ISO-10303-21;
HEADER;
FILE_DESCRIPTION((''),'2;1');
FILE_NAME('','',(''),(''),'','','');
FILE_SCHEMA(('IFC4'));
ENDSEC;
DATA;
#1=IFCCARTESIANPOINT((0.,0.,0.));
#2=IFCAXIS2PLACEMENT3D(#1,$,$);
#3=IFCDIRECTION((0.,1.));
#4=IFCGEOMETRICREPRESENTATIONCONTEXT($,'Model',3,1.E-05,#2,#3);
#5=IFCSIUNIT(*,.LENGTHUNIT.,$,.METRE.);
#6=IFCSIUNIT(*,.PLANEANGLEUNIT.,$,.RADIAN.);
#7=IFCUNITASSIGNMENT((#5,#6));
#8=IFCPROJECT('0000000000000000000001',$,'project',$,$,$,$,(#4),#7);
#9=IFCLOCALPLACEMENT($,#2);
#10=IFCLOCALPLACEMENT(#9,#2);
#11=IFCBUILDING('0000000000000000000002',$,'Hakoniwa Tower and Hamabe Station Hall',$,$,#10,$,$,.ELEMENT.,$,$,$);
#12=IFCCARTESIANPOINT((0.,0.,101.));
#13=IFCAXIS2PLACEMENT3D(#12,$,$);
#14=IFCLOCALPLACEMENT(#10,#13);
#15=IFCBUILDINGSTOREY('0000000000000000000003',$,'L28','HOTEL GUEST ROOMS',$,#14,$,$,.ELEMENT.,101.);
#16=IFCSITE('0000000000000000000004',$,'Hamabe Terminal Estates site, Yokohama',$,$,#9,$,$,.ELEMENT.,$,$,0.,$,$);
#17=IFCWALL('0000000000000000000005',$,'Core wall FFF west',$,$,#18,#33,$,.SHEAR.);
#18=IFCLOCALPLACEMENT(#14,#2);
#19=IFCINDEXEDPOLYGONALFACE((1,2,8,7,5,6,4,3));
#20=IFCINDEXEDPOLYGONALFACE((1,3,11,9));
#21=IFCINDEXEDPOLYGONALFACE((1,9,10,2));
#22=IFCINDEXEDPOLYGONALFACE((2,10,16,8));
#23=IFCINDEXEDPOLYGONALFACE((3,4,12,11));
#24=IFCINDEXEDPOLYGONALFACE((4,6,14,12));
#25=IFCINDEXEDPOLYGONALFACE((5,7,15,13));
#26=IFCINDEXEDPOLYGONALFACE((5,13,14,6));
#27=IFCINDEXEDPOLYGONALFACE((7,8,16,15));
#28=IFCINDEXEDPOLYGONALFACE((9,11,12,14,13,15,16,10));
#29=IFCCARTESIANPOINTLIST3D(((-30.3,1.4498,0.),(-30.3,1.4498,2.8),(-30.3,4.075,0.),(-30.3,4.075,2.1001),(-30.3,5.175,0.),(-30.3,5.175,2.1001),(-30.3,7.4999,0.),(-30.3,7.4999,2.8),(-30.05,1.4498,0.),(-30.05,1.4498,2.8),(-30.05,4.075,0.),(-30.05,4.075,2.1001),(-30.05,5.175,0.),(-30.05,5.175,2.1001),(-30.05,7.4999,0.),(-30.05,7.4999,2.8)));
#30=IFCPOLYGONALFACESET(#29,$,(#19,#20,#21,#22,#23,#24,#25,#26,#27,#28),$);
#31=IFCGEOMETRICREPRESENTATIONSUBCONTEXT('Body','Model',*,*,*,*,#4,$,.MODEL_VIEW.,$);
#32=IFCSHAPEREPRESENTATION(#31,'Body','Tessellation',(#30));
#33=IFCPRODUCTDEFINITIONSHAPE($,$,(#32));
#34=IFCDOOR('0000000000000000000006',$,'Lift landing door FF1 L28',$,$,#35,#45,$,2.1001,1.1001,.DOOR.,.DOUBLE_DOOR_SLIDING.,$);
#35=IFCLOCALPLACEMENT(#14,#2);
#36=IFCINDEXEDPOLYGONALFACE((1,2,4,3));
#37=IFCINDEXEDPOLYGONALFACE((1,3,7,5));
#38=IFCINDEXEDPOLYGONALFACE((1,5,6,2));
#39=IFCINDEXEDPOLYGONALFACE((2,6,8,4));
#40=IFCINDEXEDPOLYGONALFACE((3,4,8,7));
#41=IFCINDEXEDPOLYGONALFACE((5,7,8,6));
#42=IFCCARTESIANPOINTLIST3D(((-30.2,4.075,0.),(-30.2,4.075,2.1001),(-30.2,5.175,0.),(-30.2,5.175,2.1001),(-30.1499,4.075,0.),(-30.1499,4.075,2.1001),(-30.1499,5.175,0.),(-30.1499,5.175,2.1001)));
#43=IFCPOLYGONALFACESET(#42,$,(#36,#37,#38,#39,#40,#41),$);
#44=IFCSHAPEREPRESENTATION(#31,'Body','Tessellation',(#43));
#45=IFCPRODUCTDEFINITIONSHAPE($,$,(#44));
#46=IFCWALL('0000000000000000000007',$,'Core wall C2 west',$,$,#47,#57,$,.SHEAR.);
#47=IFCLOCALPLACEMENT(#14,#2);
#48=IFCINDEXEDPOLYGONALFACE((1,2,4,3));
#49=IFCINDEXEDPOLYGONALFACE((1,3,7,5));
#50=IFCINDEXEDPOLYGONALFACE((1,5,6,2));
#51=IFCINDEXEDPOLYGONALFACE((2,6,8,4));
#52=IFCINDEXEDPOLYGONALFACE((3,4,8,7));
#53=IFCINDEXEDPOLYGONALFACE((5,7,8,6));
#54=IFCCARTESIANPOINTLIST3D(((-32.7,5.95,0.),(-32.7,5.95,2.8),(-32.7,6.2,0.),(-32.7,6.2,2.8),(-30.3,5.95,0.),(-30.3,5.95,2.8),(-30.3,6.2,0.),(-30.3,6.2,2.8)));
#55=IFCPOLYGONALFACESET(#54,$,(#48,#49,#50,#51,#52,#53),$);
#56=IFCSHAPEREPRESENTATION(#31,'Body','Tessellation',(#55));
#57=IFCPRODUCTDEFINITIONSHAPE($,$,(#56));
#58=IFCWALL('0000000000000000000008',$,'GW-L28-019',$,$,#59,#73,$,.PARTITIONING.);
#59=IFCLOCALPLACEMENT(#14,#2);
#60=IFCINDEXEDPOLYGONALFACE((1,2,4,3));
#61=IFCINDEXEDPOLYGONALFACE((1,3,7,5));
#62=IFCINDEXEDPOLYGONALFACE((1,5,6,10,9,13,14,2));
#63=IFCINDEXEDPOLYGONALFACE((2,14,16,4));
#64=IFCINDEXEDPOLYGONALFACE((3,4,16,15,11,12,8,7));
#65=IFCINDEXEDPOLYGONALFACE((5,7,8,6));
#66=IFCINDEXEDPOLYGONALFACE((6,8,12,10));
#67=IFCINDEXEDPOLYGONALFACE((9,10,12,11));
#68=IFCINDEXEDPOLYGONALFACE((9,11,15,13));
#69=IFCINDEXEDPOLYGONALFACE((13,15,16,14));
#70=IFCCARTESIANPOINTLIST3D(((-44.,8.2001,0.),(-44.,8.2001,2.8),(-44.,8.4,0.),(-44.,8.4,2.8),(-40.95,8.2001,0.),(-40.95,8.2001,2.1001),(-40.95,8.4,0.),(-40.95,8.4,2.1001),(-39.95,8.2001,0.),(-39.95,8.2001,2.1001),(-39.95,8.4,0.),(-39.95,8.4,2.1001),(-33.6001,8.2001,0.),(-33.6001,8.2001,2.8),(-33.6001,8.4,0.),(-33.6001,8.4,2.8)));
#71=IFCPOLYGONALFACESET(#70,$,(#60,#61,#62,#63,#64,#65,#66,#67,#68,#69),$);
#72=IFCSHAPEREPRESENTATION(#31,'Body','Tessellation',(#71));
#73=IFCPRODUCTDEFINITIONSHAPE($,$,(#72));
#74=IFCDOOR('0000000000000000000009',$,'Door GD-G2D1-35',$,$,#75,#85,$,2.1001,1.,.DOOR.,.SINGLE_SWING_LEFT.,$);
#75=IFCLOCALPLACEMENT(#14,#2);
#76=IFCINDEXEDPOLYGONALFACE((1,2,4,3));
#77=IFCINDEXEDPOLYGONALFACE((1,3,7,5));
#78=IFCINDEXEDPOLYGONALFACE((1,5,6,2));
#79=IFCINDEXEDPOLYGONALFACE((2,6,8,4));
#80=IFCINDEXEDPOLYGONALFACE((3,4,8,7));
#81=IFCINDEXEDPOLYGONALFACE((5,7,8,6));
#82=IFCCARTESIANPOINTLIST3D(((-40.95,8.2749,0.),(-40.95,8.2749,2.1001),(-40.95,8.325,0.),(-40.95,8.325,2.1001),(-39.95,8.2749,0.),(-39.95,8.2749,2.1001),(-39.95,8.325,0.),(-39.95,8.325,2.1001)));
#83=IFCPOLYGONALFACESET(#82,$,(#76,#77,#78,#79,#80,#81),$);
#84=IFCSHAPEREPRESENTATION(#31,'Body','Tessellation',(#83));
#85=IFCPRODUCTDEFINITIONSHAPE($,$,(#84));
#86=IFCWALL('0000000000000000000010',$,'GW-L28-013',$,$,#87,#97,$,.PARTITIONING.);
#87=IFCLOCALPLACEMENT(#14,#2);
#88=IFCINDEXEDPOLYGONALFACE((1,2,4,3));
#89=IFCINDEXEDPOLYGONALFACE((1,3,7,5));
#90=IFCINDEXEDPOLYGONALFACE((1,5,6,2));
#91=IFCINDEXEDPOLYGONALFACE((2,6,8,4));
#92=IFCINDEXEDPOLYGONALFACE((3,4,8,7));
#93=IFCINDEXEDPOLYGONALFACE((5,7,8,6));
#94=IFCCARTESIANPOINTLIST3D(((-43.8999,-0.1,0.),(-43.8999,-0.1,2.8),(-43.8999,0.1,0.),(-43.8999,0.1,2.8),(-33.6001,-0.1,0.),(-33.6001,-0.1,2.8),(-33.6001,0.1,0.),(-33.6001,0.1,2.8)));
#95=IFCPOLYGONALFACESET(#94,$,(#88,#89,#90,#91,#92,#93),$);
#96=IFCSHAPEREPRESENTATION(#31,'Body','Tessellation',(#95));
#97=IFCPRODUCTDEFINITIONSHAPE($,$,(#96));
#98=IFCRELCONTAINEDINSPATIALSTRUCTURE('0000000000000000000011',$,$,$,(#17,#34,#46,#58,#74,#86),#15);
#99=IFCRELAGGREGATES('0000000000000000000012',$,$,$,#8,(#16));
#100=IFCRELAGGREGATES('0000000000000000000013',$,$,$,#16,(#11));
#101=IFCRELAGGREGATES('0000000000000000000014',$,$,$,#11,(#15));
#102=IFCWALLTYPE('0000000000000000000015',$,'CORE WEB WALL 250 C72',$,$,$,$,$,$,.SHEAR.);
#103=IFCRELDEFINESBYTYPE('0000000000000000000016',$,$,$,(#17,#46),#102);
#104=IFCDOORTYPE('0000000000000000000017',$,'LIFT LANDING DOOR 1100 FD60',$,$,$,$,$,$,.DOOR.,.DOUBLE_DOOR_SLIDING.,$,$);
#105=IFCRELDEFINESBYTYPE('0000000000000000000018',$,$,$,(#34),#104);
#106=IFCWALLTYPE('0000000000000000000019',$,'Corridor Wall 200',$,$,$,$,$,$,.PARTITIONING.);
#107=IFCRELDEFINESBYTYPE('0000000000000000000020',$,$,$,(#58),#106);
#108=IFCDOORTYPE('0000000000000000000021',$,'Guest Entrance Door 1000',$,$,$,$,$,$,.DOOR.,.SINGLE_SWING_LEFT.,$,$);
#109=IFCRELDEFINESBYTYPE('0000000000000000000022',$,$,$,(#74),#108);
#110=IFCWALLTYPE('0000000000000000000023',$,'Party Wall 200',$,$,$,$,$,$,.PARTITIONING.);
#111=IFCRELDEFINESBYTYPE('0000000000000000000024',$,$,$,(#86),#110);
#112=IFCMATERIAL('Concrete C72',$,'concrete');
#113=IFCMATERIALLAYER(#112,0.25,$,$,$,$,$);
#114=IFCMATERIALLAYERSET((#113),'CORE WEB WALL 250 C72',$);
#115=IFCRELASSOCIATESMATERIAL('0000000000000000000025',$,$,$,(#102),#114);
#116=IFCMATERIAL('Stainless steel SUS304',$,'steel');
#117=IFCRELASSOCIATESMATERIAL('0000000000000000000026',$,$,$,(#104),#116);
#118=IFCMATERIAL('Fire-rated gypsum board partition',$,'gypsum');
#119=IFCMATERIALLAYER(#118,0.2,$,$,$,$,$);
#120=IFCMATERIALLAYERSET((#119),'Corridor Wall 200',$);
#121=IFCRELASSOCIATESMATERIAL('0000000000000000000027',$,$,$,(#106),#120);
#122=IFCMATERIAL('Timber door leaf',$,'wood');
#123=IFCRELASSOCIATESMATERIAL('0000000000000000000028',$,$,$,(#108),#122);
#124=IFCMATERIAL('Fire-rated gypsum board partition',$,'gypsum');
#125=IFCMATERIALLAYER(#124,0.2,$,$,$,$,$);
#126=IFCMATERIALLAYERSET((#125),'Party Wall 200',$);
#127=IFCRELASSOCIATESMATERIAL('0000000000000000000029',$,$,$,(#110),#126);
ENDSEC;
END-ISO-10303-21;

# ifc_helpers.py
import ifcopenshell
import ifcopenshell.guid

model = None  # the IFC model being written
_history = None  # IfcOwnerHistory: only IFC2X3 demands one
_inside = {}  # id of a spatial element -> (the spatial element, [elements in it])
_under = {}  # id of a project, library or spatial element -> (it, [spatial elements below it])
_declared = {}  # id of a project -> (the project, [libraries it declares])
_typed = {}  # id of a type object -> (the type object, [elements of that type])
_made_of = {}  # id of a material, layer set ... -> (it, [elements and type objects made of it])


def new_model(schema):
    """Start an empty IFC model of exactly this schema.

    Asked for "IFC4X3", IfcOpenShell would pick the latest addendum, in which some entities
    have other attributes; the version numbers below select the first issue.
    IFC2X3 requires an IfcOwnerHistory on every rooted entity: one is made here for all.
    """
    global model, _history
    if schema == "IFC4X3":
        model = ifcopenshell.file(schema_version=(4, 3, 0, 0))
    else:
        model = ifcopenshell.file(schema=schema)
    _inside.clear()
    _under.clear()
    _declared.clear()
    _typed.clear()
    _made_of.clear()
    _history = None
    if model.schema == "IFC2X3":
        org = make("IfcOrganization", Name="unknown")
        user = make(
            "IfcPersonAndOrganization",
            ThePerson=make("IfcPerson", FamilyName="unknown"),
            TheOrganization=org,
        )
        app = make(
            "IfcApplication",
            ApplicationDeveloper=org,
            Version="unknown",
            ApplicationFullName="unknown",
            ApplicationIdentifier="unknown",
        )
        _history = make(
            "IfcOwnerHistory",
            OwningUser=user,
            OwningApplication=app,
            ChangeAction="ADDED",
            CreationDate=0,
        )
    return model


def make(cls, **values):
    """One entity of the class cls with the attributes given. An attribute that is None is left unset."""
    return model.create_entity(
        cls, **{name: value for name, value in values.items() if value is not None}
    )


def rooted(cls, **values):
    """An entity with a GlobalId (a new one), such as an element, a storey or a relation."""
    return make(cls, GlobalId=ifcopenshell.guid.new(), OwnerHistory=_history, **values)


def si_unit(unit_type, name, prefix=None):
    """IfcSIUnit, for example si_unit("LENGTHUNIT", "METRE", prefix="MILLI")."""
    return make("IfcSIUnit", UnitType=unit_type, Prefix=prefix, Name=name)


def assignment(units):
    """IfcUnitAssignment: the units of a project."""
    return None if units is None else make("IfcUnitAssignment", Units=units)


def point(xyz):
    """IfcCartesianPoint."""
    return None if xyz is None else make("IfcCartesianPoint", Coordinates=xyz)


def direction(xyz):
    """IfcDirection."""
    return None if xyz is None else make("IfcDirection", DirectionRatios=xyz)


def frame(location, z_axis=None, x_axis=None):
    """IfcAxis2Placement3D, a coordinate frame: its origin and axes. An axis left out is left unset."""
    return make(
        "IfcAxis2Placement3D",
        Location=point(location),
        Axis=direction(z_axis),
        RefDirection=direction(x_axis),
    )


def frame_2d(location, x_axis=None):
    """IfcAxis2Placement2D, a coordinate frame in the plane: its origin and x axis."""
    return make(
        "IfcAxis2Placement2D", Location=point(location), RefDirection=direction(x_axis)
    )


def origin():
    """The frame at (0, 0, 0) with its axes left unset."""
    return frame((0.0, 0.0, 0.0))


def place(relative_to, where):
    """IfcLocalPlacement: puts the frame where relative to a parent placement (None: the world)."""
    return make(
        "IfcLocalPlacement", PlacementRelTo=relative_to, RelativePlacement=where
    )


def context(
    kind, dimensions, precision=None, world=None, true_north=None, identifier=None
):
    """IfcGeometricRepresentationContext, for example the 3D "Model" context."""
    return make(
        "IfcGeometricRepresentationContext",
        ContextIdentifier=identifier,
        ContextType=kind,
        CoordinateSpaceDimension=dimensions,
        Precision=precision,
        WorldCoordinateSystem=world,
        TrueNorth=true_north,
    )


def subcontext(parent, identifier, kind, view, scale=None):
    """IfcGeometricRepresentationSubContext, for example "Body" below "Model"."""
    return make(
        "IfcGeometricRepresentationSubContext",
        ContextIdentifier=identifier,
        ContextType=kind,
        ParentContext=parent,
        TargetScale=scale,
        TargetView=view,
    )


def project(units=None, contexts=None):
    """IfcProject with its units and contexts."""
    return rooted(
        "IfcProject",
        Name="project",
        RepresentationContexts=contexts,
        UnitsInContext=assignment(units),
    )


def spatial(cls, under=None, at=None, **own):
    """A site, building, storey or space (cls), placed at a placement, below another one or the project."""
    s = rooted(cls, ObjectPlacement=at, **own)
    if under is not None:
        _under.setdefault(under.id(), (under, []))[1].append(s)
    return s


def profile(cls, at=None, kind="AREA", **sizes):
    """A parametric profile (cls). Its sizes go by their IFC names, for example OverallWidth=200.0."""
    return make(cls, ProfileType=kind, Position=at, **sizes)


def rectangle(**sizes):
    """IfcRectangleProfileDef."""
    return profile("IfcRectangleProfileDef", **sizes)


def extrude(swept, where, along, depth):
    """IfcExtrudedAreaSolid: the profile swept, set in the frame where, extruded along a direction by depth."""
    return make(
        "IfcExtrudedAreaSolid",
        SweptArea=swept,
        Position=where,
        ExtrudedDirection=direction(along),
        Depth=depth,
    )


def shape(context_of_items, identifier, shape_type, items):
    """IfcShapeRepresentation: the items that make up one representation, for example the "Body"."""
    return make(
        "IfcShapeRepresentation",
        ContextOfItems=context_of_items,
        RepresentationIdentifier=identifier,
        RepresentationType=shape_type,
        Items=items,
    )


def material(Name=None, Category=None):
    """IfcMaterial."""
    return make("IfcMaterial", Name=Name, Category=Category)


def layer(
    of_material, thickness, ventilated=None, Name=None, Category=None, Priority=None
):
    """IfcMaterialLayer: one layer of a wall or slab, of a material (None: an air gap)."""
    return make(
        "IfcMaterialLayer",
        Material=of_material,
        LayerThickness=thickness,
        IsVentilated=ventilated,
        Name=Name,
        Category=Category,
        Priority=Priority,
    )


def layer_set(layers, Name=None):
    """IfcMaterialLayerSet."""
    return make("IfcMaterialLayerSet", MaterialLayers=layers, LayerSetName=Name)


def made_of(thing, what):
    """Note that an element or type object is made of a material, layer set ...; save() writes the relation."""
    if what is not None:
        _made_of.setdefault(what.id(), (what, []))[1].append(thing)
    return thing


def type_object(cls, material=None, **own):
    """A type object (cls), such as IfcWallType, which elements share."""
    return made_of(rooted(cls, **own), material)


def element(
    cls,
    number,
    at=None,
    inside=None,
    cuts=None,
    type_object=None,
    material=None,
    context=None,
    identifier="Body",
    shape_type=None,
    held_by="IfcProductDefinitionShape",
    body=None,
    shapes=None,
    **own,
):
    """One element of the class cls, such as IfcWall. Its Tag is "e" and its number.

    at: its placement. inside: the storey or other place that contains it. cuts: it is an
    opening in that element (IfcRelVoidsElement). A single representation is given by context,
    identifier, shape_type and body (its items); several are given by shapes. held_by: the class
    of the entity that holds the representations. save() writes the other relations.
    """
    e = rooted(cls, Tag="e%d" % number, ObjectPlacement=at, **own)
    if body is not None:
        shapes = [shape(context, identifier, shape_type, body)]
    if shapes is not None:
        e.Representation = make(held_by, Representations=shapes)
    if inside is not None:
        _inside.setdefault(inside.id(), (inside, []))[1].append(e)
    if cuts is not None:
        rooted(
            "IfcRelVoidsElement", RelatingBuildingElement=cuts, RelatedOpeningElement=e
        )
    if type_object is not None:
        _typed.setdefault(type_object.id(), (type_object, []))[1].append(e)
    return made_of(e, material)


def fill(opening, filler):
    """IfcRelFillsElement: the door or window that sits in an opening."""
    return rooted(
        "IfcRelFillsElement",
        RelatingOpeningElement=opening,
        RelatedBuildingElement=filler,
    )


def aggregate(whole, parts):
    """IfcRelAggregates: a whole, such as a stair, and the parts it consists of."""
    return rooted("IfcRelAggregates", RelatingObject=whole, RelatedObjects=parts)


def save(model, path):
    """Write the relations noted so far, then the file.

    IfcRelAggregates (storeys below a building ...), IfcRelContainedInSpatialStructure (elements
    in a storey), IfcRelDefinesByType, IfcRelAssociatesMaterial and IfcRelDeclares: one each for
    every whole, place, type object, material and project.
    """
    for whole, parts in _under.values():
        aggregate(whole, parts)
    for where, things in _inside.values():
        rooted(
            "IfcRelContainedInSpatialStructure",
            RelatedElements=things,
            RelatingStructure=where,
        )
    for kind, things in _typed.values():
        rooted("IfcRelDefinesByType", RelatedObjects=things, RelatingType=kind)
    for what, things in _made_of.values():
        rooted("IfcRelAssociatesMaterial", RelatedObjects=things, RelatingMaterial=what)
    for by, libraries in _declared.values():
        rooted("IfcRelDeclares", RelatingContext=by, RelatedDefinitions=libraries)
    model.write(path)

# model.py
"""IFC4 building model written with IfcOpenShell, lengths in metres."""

from ifc_helpers import new_model, si_unit, direction, frame, frame_2d, origin, place, context, subcontext, project, spatial, rectangle, extrude, material, layer, layer_set, type_object, element, fill, save


model = new_model("IFC4")

# Units and contexts
model_context = context("Model", 3, precision=1e-05, world=origin(), true_north=direction((0.0, 1.0)))
body_context = subcontext(model_context, "Body", "Model", "MODEL_VIEW")
ifc_project = project(units=[si_unit("LENGTHUNIT", "METRE"), si_unit("PLANEANGLEUNIT", "RADIAN")], contexts=[model_context])

# Site, building, storey
site_placement = place(None, origin())
site = spatial("IfcSite", under=ifc_project, at=site_placement, Name="Hamabe Terminal Estates site, Yokohama", CompositionType="ELEMENT", RefElevation=0.0)
building_placement = place(site_placement, origin())
building = spatial("IfcBuilding", under=site, at=building_placement, Name="Hakoniwa Tower and Hamabe Station Hall", CompositionType="ELEMENT")
storey_placement = place(building_placement, frame((0.0, 0.0, 101.0)))
storey = spatial("IfcBuildingStorey", under=building, at=storey_placement, Name="L28", Description="HOTEL GUEST ROOMS", CompositionType="ELEMENT", Elevation=101.0)

# Shared definitions
ifc_material_1 = material(Name="Concrete C72", Category="concrete")
ifc_layer_1 = layer(ifc_material_1, 0.25)
ifc_layer_set_1 = layer_set([ifc_layer_1], Name="CORE WEB WALL 250 C72")
wall_type_1 = type_object("IfcWallType", Name="CORE WEB WALL 250 C72", PredefinedType="SHEAR", material=ifc_layer_set_1)
ifc_material_2 = material(Name="Stainless steel SUS304", Category="steel")
door_type_1 = type_object("IfcDoorType", Name="LIFT LANDING DOOR 1100 FD60", OperationType="DOUBLE_DOOR_SLIDING", PredefinedType="DOOR", material=ifc_material_2)

# Wall, opening, door
wall_1_placement = place(storey_placement, frame((-30.175, 1.45, 0.0), z_axis=(0.0, 0.0, 1.0), x_axis=(0.0, 1.0, 0.0)))
wall_1 = element("IfcWall", 1, at=wall_1_placement, inside=storey, type_object=wall_type_1, Name="Core wall FFF west", PredefinedType="SHEAR", context=body_context, shape_type="SweptSolid", body=[
    extrude(rectangle(XDim=6.05, YDim=0.25, at=frame_2d((3.0249, 0.0))), origin(), (0.0, 0.0, 1.0), 2.8),
])
opening_1_placement = place(wall_1_placement, frame((2.625, 0.0, 0.0)))
opening_1 = element("IfcOpeningElement", 2, at=opening_1_placement, cuts=wall_1, PredefinedType="OPENING", context=body_context, shape_type="SweptSolid", body=[
    extrude(rectangle(XDim=1.1001, YDim=2.1001, at=frame_2d((0.55, 1.05))), frame((0.0, 0.135, 0.0), z_axis=(0.0, -1.0, 0.0), x_axis=(1.0, 0.0, 0.0)), (0.0, 0.0, 1.0), 0.27),
])
door_1_placement = place(opening_1_placement, origin())
door_1 = element("IfcDoor", 3, at=door_1_placement, inside=storey, type_object=door_type_1, Name="Lift landing door FF1 L28", OperationType="DOUBLE_DOOR_SLIDING", OverallHeight=2.1001, OverallWidth=1.1001, PredefinedType="DOOR", context=body_context, shape_type="SweptSolid", body=[
    extrude(rectangle(XDim=1.1001, YDim=2.1001, at=frame_2d((0.55, 1.05))), frame((0.0, 0.0249, 0.0), z_axis=(0.0, -1.0, 0.0), x_axis=(1.0, 0.0, 0.0)), (0.0, 0.0, 1.0), 0.05),
])
fill(opening_1, door_1)

# Wall
wall_2_placement = place(storey_placement, frame((-32.7, 6.075, 0.0), z_axis=(0.0, 0.0, 1.0), x_axis=(1.0, 0.0, 0.0)))
element("IfcWall", 4, at=wall_2_placement, inside=storey, type_object=wall_type_1, Name="Core wall C2 west", PredefinedType="SHEAR", context=body_context, shape_type="SweptSolid", body=[
    extrude(rectangle(XDim=2.3999, YDim=0.25, at=frame_2d((1.2, 0.0))), origin(), (0.0, 0.0, 1.0), 2.8),
])

# Wall, opening, door
ifc_material_3 = material(Name="Fire-rated gypsum board partition", Category="gypsum")
ifc_layer_2 = layer(ifc_material_3, 0.2)
ifc_layer_set_2 = layer_set([ifc_layer_2], Name="Corridor Wall 200")
wall_type_2 = type_object("IfcWallType", Name="Corridor Wall 200", PredefinedType="PARTITIONING", material=ifc_layer_set_2)
wall_3_placement = place(storey_placement, frame((-44.0, 8.3, 0.0), z_axis=(0.0, 0.0, 1.0), x_axis=(1.0, 0.0, 0.0)))
wall_3 = element("IfcWall", 5, at=wall_3_placement, inside=storey, type_object=wall_type_2, Name="GW-L28-019", PredefinedType="PARTITIONING", context=body_context, shape_type="SweptSolid", body=[
    extrude(rectangle(XDim=10.3999, YDim=0.2, at=frame_2d((5.2, 0.0))), origin(), (0.0, 0.0, 1.0), 2.8),
])
opening_2_placement = place(wall_3_placement, frame((3.05, 0.0, 0.0)))
opening_2 = element("IfcOpeningElement", 6, at=opening_2_placement, cuts=wall_3, PredefinedType="OPENING", context=body_context, shape_type="SweptSolid", body=[
    extrude(rectangle(XDim=1.0, YDim=2.1001, at=frame_2d((0.5, 1.05))), frame((0.0, 0.1099, 0.0), z_axis=(0.0, -1.0, 0.0), x_axis=(1.0, 0.0, 0.0)), (0.0, 0.0, 1.0), 0.22),
])
ifc_material_4 = material(Name="Timber door leaf", Category="wood")
door_type_2 = type_object("IfcDoorType", Name="Guest Entrance Door 1000", OperationType="SINGLE_SWING_LEFT", PredefinedType="DOOR", material=ifc_material_4)
door_2_placement = place(opening_2_placement, origin())
door_2 = element("IfcDoor", 7, at=door_2_placement, inside=storey, type_object=door_type_2, Name="Door GD-G2D1-35", OperationType="SINGLE_SWING_LEFT", OverallHeight=2.1001, OverallWidth=1.0, PredefinedType="DOOR", context=body_context, shape_type="SweptSolid", body=[
    extrude(rectangle(XDim=1.0, YDim=2.1001, at=frame_2d((0.5, 1.05))), frame((0.0, 0.0249, 0.0), z_axis=(0.0, -1.0, 0.0), x_axis=(1.0, 0.0, 0.0)), (0.0, 0.0, 1.0), 0.05),
])
fill(opening_2, door_2)

# Wall
ifc_material_5 = material(Name="Fire-rated gypsum board partition", Category="gypsum")
ifc_layer_3 = layer(ifc_material_5, 0.2)
ifc_layer_set_3 = layer_set([ifc_layer_3], Name="Party Wall 200")
wall_type_3 = type_object("IfcWallType", Name="Party Wall 200", PredefinedType="PARTITIONING", material=ifc_layer_set_3)
wall_4_placement = place(storey_placement, frame((-43.8999, 0.0, 0.0), z_axis=(0.0, 0.0, 1.0), x_axis=(1.0, 0.0, 0.0)))
element("IfcWall", 8, at=wall_4_placement, inside=storey, type_object=wall_type_3, Name="GW-L28-013", PredefinedType="PARTITIONING", context=body_context, shape_type="SweptSolid", body=[
    extrude(rectangle(XDim=10.2998, YDim=0.2, at=frame_2d((5.1499, 0.0))), origin(), (0.0, 0.0, 1.0), 2.8),
])

save(model, "model.ifc")
